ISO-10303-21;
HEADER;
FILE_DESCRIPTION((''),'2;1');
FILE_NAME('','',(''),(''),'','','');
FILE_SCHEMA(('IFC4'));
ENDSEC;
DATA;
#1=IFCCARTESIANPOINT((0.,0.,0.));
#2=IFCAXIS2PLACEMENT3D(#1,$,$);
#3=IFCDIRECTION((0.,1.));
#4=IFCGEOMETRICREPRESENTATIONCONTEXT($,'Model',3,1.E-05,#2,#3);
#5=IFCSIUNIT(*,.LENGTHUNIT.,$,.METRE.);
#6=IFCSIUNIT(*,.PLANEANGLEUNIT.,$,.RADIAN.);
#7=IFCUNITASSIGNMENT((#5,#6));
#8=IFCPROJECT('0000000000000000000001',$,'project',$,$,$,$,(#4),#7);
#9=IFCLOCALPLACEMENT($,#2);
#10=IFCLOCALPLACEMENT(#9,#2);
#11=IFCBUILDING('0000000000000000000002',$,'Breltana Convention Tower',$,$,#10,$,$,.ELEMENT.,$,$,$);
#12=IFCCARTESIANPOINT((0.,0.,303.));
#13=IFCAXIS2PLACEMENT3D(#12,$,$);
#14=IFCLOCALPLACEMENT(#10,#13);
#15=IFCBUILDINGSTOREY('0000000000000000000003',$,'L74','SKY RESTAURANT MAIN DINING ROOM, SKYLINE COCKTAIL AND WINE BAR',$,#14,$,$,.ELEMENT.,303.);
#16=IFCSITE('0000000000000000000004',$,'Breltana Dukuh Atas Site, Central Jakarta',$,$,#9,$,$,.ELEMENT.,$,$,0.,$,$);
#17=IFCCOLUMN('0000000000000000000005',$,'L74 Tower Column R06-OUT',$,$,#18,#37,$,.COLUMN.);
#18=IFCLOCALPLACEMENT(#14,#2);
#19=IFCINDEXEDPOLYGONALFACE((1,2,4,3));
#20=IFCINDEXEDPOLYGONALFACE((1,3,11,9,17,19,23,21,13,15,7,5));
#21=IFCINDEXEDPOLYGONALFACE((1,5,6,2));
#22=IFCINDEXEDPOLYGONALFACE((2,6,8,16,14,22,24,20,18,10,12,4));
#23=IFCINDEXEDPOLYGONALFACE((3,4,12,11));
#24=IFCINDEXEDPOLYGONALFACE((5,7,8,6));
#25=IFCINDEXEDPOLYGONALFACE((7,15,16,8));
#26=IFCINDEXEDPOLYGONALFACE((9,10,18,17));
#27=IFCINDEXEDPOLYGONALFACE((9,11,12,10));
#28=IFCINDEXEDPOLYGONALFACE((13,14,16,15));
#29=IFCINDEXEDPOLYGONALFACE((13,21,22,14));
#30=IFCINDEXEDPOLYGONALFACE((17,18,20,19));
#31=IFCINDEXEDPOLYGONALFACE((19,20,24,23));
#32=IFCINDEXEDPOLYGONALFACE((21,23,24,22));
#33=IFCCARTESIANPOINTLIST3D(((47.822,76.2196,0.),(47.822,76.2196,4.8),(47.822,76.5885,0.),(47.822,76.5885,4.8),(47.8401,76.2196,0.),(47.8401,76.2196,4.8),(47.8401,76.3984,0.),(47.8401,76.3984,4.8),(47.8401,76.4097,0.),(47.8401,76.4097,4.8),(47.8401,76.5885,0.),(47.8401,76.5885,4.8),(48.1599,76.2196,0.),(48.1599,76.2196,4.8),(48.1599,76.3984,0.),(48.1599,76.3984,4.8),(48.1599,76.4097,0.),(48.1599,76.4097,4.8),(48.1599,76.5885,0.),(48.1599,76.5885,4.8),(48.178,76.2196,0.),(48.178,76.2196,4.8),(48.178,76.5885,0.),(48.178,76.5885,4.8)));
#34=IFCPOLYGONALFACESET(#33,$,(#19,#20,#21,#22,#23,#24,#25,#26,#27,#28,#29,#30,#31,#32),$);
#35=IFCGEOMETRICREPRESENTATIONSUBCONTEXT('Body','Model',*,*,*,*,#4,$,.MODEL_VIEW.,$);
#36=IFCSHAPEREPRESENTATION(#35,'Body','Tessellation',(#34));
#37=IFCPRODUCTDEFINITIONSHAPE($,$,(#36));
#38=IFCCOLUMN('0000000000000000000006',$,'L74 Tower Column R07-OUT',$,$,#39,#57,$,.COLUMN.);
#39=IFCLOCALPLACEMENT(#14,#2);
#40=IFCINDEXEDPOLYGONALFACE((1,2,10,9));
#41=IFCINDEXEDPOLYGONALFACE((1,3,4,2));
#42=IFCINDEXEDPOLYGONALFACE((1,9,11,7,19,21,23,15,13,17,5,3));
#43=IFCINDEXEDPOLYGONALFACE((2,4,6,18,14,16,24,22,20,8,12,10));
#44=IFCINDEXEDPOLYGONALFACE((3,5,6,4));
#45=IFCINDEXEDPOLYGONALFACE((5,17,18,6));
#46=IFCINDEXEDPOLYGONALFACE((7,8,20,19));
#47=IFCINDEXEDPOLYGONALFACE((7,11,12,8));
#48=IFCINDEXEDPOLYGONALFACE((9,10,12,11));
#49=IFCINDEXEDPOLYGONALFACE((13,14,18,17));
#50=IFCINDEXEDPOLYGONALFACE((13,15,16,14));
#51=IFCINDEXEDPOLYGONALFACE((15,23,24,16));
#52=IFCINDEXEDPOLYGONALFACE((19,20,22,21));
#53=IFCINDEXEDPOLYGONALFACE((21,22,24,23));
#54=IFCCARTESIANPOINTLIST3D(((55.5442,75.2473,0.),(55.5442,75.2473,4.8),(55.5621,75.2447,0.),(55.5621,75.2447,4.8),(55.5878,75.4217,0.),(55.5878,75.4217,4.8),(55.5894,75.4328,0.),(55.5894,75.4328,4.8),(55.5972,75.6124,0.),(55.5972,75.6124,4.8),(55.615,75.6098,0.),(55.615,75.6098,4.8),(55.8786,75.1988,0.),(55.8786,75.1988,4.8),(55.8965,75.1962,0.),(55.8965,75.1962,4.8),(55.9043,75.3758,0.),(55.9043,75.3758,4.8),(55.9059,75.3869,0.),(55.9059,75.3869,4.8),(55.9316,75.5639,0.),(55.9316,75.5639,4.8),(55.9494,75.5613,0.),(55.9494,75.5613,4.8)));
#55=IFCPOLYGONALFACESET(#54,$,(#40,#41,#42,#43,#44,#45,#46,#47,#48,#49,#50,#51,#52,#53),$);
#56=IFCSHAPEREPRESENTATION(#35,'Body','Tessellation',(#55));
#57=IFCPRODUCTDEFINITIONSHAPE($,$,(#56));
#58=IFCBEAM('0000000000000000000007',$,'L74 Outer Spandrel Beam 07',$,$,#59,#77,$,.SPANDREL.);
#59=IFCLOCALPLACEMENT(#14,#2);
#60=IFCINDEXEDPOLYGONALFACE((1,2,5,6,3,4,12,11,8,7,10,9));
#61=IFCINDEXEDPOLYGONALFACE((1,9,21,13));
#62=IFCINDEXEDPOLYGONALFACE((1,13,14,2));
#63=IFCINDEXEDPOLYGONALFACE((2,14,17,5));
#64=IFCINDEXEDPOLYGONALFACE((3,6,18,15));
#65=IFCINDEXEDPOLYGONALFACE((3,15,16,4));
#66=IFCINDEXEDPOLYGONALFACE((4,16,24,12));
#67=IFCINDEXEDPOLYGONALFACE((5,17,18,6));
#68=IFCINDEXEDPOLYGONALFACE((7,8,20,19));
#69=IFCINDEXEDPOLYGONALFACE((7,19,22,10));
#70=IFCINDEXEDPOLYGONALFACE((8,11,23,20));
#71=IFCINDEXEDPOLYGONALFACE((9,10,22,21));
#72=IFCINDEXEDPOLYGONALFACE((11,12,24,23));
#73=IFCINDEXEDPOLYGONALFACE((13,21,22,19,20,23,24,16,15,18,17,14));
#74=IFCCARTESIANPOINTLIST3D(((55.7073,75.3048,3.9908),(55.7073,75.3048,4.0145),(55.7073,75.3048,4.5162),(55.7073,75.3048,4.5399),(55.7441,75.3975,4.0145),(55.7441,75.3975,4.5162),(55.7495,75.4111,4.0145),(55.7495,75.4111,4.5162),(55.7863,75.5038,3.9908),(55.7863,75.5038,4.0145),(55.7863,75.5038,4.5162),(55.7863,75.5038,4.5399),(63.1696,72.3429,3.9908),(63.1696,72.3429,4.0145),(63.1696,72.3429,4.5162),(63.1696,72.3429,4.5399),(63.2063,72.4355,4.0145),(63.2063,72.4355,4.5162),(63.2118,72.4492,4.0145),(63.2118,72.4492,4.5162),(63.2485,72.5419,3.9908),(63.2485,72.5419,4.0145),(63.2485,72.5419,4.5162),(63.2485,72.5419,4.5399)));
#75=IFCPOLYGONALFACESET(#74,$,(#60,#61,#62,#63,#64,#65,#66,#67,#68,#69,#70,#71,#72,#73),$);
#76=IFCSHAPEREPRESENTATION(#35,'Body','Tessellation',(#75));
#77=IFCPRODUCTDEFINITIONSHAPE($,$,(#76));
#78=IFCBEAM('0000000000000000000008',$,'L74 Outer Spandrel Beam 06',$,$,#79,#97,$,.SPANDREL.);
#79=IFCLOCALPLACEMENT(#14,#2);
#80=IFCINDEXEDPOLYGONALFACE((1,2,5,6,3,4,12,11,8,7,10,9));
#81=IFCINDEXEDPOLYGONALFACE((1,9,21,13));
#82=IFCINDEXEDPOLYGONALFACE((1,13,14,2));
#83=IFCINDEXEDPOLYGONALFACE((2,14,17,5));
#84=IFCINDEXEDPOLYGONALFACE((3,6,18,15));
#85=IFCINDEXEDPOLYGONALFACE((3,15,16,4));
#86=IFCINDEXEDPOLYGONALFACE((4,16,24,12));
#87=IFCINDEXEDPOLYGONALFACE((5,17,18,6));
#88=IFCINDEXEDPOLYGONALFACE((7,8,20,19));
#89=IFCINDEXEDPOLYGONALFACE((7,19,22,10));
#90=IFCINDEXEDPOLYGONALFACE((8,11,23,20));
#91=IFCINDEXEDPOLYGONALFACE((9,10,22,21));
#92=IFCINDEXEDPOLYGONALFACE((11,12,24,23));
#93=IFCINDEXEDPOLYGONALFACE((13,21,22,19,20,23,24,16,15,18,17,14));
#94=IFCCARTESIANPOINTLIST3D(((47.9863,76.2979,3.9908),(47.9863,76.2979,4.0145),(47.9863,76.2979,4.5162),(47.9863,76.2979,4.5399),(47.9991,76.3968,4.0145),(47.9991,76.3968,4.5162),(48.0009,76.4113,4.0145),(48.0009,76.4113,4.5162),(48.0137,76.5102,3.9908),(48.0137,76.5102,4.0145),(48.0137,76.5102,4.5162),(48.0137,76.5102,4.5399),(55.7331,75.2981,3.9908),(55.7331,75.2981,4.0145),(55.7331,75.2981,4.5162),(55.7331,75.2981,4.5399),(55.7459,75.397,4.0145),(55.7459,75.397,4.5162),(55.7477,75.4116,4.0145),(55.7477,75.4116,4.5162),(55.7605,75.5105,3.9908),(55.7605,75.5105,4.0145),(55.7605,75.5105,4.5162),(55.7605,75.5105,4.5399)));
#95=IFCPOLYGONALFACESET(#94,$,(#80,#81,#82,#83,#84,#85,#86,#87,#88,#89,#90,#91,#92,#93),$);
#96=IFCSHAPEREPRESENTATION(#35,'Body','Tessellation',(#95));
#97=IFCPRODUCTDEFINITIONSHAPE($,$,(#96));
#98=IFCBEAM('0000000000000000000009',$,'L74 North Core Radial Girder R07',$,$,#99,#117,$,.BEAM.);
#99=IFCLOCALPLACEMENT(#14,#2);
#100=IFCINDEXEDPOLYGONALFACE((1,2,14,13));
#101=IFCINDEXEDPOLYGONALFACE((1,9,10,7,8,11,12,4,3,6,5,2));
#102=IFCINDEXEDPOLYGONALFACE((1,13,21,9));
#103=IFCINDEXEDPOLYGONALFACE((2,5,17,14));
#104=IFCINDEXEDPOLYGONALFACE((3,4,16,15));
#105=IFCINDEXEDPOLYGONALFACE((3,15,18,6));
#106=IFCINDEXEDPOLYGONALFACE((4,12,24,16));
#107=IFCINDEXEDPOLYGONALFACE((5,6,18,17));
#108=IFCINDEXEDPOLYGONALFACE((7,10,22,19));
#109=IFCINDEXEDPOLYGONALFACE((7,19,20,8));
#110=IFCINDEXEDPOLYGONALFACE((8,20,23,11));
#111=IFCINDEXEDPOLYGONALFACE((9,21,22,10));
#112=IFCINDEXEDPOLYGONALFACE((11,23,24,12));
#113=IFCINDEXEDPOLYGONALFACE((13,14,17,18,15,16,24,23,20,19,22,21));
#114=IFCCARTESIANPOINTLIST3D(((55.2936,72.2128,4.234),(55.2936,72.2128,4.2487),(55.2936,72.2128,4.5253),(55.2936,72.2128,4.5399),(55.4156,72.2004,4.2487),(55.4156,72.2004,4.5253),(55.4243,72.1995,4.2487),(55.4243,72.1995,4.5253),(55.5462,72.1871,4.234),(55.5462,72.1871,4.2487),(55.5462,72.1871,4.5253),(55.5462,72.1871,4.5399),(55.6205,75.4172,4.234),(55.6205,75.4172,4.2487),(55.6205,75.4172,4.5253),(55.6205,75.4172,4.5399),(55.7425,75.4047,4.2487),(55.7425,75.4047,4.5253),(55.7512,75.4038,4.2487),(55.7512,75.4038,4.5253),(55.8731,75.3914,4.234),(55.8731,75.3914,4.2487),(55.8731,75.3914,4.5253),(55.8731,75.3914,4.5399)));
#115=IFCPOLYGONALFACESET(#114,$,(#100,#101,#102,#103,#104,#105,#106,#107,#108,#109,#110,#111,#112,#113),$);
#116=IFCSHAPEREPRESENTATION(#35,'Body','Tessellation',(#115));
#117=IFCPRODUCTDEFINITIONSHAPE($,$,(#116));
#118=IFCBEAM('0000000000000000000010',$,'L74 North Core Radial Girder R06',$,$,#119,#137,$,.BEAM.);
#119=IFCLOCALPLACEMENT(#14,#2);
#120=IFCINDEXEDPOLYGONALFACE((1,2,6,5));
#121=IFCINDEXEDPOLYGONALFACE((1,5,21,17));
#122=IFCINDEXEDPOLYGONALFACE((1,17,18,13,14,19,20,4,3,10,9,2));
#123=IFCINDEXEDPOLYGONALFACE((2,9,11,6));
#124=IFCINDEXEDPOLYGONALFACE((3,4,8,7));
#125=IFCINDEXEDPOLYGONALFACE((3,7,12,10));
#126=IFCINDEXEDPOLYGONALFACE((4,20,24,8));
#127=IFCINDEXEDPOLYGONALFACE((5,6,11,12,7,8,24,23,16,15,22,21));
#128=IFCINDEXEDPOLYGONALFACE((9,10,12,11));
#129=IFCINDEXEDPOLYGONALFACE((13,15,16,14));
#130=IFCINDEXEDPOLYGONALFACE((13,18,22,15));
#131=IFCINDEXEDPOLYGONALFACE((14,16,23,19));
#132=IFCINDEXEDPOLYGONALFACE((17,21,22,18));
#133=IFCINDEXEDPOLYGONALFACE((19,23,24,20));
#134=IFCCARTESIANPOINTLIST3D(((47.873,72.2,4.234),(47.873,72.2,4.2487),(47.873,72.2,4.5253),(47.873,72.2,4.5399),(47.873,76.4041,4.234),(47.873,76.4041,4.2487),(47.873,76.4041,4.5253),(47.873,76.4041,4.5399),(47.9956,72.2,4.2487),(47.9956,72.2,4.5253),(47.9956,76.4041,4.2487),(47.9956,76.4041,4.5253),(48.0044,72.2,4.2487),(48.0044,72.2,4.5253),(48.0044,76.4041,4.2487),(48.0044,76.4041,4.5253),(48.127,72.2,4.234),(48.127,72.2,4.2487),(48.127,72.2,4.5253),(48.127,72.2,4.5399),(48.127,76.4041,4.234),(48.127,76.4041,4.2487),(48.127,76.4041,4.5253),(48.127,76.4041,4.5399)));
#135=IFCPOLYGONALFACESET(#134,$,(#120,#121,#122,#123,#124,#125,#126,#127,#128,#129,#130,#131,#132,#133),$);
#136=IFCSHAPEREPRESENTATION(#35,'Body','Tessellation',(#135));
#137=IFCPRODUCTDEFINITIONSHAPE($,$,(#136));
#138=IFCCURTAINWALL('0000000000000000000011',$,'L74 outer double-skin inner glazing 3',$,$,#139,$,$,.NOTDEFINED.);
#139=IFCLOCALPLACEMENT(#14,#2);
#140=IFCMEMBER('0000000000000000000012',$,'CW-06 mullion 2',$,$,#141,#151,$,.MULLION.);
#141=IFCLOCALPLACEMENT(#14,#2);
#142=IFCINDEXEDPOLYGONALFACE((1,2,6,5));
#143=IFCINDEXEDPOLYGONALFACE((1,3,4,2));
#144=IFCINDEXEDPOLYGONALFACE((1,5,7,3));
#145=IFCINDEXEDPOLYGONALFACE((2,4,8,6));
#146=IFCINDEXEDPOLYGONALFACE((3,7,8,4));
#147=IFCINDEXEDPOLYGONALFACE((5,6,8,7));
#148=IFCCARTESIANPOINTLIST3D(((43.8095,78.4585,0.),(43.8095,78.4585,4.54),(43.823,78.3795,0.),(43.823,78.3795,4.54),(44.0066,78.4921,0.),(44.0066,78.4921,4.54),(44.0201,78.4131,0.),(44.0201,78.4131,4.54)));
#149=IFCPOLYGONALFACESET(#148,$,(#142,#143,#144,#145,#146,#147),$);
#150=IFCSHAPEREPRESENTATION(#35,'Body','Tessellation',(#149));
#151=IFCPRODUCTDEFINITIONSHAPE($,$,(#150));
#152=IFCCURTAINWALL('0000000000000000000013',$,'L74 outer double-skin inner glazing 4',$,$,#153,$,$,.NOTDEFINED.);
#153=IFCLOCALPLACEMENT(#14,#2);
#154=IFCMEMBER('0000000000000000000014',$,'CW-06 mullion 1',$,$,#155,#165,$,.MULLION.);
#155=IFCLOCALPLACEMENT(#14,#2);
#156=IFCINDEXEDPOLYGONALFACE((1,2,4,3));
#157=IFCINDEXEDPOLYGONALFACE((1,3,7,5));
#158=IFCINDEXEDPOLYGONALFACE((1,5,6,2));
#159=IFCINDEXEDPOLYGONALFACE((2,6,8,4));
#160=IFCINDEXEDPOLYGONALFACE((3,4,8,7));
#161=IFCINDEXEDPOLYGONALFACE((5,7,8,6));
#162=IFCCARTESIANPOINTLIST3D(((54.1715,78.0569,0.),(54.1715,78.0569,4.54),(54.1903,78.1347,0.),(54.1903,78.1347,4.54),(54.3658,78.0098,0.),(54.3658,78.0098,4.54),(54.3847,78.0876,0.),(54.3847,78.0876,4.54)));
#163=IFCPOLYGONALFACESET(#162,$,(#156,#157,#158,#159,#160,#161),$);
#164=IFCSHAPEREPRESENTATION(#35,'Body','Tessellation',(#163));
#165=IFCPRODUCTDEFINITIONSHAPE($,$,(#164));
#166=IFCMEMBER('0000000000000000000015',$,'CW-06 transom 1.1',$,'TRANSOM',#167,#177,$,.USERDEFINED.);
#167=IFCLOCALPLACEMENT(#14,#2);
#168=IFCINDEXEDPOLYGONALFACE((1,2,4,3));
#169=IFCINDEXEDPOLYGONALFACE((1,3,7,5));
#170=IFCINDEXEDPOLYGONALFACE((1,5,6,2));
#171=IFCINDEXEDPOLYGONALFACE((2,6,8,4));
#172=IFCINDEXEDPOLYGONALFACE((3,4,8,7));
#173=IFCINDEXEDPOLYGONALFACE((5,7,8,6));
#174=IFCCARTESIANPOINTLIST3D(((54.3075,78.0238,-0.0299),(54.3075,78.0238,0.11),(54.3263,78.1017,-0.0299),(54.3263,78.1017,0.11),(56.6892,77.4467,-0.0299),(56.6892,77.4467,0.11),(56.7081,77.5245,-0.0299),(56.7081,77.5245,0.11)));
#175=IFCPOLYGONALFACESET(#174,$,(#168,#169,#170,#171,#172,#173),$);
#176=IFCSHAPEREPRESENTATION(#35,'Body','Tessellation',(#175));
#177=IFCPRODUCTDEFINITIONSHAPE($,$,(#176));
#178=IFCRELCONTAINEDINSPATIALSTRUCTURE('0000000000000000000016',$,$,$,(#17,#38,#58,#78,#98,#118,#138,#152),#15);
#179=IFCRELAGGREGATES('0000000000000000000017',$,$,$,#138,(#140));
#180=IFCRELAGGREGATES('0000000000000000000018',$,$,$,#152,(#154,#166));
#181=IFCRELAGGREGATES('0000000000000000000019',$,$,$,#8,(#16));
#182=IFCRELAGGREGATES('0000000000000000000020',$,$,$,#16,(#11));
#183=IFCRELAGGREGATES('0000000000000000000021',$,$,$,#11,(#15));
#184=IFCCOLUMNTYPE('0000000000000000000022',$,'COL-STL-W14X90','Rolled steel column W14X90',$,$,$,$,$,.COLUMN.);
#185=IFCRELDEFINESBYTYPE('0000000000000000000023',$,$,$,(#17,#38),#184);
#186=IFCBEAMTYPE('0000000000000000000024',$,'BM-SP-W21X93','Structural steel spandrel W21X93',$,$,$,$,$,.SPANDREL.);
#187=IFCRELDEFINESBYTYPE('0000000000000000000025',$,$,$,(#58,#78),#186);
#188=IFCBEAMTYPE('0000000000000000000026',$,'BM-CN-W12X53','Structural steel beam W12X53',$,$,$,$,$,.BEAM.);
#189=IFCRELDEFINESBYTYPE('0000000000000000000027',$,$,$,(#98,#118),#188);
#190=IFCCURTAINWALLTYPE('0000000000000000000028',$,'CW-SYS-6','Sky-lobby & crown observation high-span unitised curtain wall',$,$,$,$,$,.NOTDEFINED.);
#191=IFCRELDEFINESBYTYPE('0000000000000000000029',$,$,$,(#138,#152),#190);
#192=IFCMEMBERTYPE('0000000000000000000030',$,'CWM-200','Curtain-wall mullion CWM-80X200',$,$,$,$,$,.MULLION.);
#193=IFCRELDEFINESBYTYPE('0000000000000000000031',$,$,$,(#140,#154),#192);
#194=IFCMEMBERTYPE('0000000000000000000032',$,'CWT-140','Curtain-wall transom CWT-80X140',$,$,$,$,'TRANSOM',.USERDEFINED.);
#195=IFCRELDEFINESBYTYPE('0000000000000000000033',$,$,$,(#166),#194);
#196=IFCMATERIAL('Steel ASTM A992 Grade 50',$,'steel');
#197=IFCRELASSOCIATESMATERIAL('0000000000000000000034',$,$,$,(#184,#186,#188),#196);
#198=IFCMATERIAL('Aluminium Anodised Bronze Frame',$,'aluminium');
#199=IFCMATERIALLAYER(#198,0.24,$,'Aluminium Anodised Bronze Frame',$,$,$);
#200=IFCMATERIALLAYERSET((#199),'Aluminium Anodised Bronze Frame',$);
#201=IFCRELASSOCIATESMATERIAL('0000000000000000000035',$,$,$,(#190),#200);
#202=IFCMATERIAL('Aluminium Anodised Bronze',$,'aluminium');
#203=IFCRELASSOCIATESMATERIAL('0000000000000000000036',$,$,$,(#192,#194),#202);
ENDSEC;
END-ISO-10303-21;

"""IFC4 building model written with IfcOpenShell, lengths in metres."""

from ifc_helpers import new_model, si_unit, direction, frame, origin, origin_2d, place, context, subcontext, project, spatial, rectangle, i_section, extrude, source, transform, mapped, material, layer, layer_set, material_profile, profile_set, type_object, type_shapes, element, aggregate, save


model = new_model("IFC4")

# Units and contexts
model_context = context("Model", 3, precision=1e-05, world=origin(), true_north=direction((0.0, 1.0)))
body_context = subcontext(model_context, "Body", "Model", "MODEL_VIEW")
ifc_project = project(units=[si_unit("LENGTHUNIT", "METRE"), si_unit("PLANEANGLEUNIT", "RADIAN")], contexts=[model_context])

# Site, building, storey
site_placement = place(None, origin())
site = spatial("IfcSite", under=ifc_project, at=site_placement, Name="Breltana Dukuh Atas Site, Central Jakarta", CompositionType="ELEMENT", RefElevation=0.0)
building_placement = place(site_placement, origin())
building = spatial("IfcBuilding", under=site, at=building_placement, Name="Breltana Convention Tower", CompositionType="ELEMENT")
storey_placement = place(building_placement, frame((0.0, 0.0, 303.0)))
storey = spatial("IfcBuildingStorey", under=building, at=storey_placement, Name="L74", Description="SKY RESTAURANT MAIN DINING ROOM, SKYLINE COCKTAIL AND WINE BAR", CompositionType="ELEMENT", Elevation=303.0)

# Columns
ifc_material_1 = material(Name="Steel ASTM A992 Grade 50", Category="steel")
ifc_material_profile_1 = material_profile(ifc_material_1, i_section(OverallWidth=0.3689, OverallDepth=0.356, WebThickness=0.0112, FlangeThickness=0.0181, at=origin_2d()), Name="W14X90")
ifc_profile_set_1 = profile_set([ifc_material_profile_1], Name="Steel ASTM A992 Grade 50")
column_type = type_object("IfcColumnType", Name="COL-STL-W14X90", Description="Rolled steel column W14X90", PredefinedType="COLUMN", material=ifc_profile_set_1)
shared_shape_1 = source(origin(), body_context, "Body", "SweptSolid", [
    extrude(i_section(OverallWidth=0.3689, OverallDepth=0.356, WebThickness=0.0112, FlangeThickness=0.0181, at=origin_2d()), origin(), (0.0, 0.0, 1.0), 4.8),
])
type_shapes(column_type, [shared_shape_1])
for number, where, z_axis, x_axis, name in (
    (1, (48.0, 76.4041, 0.0), (0.0, 0.0, 1.0), (0.0, 1.0, 0.0), "L74 Tower Column R06-OUT"),
    (2, (55.7468, 75.4043, 0.0), (0.0, 0.0, 1.0), (0.143493, 0.989651, 0.0), "L74 Tower Column R07-OUT"),
):
    element("IfcColumn", number, at=place(storey_placement, frame(where, z_axis=z_axis, x_axis=x_axis)), inside=storey, type_object=column_type, Name=name, PredefinedType="COLUMN", context=body_context, shape_type="MappedRepresentation", body=[
        mapped(shared_shape_1, transform((0.0, 0.0, 0.0), scale=1.0)),
    ])

# Beams
ifc_material_profile_2 = material_profile(ifc_material_1, i_section(OverallWidth=0.2141, OverallDepth=0.5491, WebThickness=0.0146, FlangeThickness=0.0237, at=origin_2d()), Name="W21X93")
ifc_profile_set_2 = profile_set([ifc_material_profile_2], Name="Steel ASTM A992 Grade 50")
beam_type_1 = type_object("IfcBeamType", Name="BM-SP-W21X93", Description="Structural steel spandrel W21X93", PredefinedType="SPANDREL", material=ifc_profile_set_2)
shared_shape_2 = source(origin(), body_context, "Body", "SweptSolid", [
    extrude(i_section(OverallWidth=0.2141, OverallDepth=0.5491, WebThickness=0.0146, FlangeThickness=0.0237, at=origin_2d()), origin(), (0.0, 0.0, 1.0), 8.0286),
])
beam_1_placement = place(storey_placement, frame((55.7468, 75.4043, 4.2654), z_axis=(0.929459, -0.368925, 0.0), x_axis=(0.368925, 0.929459, 0.0)))
element("IfcBeam", 3, at=beam_1_placement, inside=storey, type_object=beam_type_1, Name="L74 Outer Spandrel Beam 07", PredefinedType="SPANDREL", context=body_context, shape_type="MappedRepresentation", body=[
    mapped(shared_shape_2, transform((0.0, 0.0, 0.0), scale=1.0)),
])
shared_shape_3 = source(origin(), body_context, "Body", "SweptSolid", [
    extrude(i_section(OverallWidth=0.2141, OverallDepth=0.5491, WebThickness=0.0146, FlangeThickness=0.0237, at=origin_2d()), origin(), (0.0, 0.0, 1.0), 7.811),
])
beam_2_placement = place(storey_placement, frame((48.0, 76.4041, 4.2654), z_axis=(0.991775, -0.127992, 0.0), x_axis=(0.127992, 0.991775, 0.0)))
element("IfcBeam", 4, at=beam_2_placement, inside=storey, type_object=beam_type_1, Name="L74 Outer Spandrel Beam 06", PredefinedType="SPANDREL", context=body_context, shape_type="MappedRepresentation", body=[
    mapped(shared_shape_3, transform((0.0, 0.0, 0.0), scale=1.0)),
])
ifc_material_profile_3 = material_profile(ifc_material_1, i_section(OverallWidth=0.2539, OverallDepth=0.3059, WebThickness=0.0088, FlangeThickness=0.0146, at=origin_2d()), Name="W12X53")
ifc_profile_set_3 = profile_set([ifc_material_profile_3], Name="Steel ASTM A992 Grade 50")
beam_type_2 = type_object("IfcBeamType", Name="BM-CN-W12X53", Description="Structural steel beam W12X53", PredefinedType="BEAM", material=ifc_profile_set_3)
shared_shape_4 = source(origin(), body_context, "Body", "SweptSolid", [
    extrude(i_section(OverallWidth=0.2539, OverallDepth=0.3059, WebThickness=0.0088, FlangeThickness=0.0146, at=origin_2d()), origin(), (0.0, 0.0, 1.0), 3.2209),
])
beam_3_placement = place(storey_placement, frame((55.4199, 72.2, 4.387), z_axis=(0.101492, 0.994836, 0.0), x_axis=(-0.994836, 0.101492, 0.0)))
element("IfcBeam", 5, at=beam_3_placement, inside=storey, type_object=beam_type_2, Name="L74 North Core Radial Girder R07", PredefinedType="BEAM", context=body_context, shape_type="MappedRepresentation", body=[
    mapped(shared_shape_4, transform((0.0, 0.0, 0.0), scale=1.0)),
])
shared_shape_5 = source(origin(), body_context, "Body", "SweptSolid", [
    extrude(i_section(OverallWidth=0.2539, OverallDepth=0.3059, WebThickness=0.0088, FlangeThickness=0.0146, at=origin_2d()), origin(), (0.0, 0.0, 1.0), 4.2041),
])
beam_4_placement = place(storey_placement, frame((48.0, 72.2, 4.387), z_axis=(0.0, 1.0, 0.0), x_axis=(-1.0, 0.0, 0.0)))
element("IfcBeam", 6, at=beam_4_placement, inside=storey, type_object=beam_type_2, Name="L74 North Core Radial Girder R06", PredefinedType="BEAM", context=body_context, shape_type="MappedRepresentation", body=[
    mapped(shared_shape_5, transform((0.0, 0.0, 0.0), scale=1.0)),
])

# Curtain wall, member
ifc_material_2 = material(Name="Aluminium Anodised Bronze Frame", Category="aluminium")
ifc_layer_1 = layer(ifc_material_2, 0.24, Name="Aluminium Anodised Bronze Frame")
ifc_layer_set_1 = layer_set([ifc_layer_1], Name="Aluminium Anodised Bronze Frame")
curtain_wall_type = type_object("IfcCurtainWallType", Name="CW-SYS-6", Description="Sky-lobby & crown observation high-span unitised curtain wall", PredefinedType="NOTDEFINED", material=ifc_layer_set_1)
curtain_wall_1_placement = place(storey_placement, origin())
curtain_wall_1 = element("IfcCurtainWall", 7, at=curtain_wall_1_placement, inside=storey, type_object=curtain_wall_type, Name="L74 outer double-skin inner glazing 3", PredefinedType="NOTDEFINED")
ifc_material_3 = material(Name="Aluminium Anodised Bronze", Category="aluminium")
ifc_material_profile_4 = material_profile(ifc_material_3, rectangle(XDim=0.0801, YDim=0.2, at=origin_2d()), Name="CWM-80X200")
ifc_profile_set_4 = profile_set([ifc_material_profile_4], Name="Aluminium Anodised Bronze")
member_type_1 = type_object("IfcMemberType", Name="CWM-200", Description="Curtain-wall mullion CWM-80X200", PredefinedType="MULLION", material=ifc_profile_set_4)
shared_shape_6 = source(origin(), body_context, "Body", "SweptSolid", [
    extrude(rectangle(XDim=0.0801, YDim=0.2, at=origin_2d()), origin(), (0.0, 0.0, 1.0), 4.54),
])
member_1_placement = place(storey_placement, frame((43.9148, 78.4358, 0.0), z_axis=(0.0, 0.0, 1.0), x_axis=(-0.168017, 0.985784, 0.0)))
member_1 = element("IfcMember", 8, at=member_1_placement, type_object=member_type_1, Name="CW-06 mullion 2", PredefinedType="MULLION", context=body_context, shape_type="MappedRepresentation", body=[
    mapped(shared_shape_6, transform((0.0, 0.0, 0.0), scale=1.0)),
])
aggregate(curtain_wall_1, [member_1])

# Curtain wall, members
curtain_wall_2_placement = place(storey_placement, origin())
curtain_wall_2 = element("IfcCurtainWall", 9, at=curtain_wall_2_placement, inside=storey, type_object=curtain_wall_type, Name="L74 outer double-skin inner glazing 4", PredefinedType="NOTDEFINED")
member_2_placement = place(storey_placement, frame((54.2781, 78.0723, 0.0), z_axis=(0.0, 0.0, 1.0), x_axis=(0.235518, 0.97187, 0.0)))
member_2 = element("IfcMember", 10, at=member_2_placement, type_object=member_type_1, Name="CW-06 mullion 1", PredefinedType="MULLION", context=body_context, shape_type="MappedRepresentation", body=[
    mapped(shared_shape_6, transform((0.0, 0.0, 0.0), scale=1.0)),
])
ifc_material_profile_5 = material_profile(ifc_material_3, rectangle(XDim=0.0801, YDim=0.1399, at=origin_2d()), Name="CWT-80X140")
ifc_profile_set_5 = profile_set([ifc_material_profile_5], Name="Aluminium Anodised Bronze")
member_type_2 = type_object("IfcMemberType", Name="CWT-140", Description="Curtain-wall transom CWT-80X140", ElementType="TRANSOM", PredefinedType="USERDEFINED", material=ifc_profile_set_5)
shared_shape_7 = source(origin(), body_context, "Body", "SweptSolid", [
    extrude(rectangle(XDim=0.0801, YDim=0.1399, at=origin_2d()), origin(), (0.0, 0.0, 1.0), 2.4507),
])
member_3_placement = place(storey_placement, frame((54.3169, 78.0627, 0.04), z_axis=(0.971875, -0.235497, 0.0), x_axis=(0.235497, 0.971875, 0.0)))
member_3 = element("IfcMember", 11, at=member_3_placement, type_object=member_type_2, Name="CW-06 transom 1.1", ObjectType="TRANSOM", PredefinedType="USERDEFINED", context=body_context, shape_type="MappedRepresentation", body=[
    mapped(shared_shape_7, transform((0.0, 0.0, 0.0), scale=1.0)),
])
aggregate(curtain_wall_2, [member_2, member_3])

save(model, "model.ifc")
